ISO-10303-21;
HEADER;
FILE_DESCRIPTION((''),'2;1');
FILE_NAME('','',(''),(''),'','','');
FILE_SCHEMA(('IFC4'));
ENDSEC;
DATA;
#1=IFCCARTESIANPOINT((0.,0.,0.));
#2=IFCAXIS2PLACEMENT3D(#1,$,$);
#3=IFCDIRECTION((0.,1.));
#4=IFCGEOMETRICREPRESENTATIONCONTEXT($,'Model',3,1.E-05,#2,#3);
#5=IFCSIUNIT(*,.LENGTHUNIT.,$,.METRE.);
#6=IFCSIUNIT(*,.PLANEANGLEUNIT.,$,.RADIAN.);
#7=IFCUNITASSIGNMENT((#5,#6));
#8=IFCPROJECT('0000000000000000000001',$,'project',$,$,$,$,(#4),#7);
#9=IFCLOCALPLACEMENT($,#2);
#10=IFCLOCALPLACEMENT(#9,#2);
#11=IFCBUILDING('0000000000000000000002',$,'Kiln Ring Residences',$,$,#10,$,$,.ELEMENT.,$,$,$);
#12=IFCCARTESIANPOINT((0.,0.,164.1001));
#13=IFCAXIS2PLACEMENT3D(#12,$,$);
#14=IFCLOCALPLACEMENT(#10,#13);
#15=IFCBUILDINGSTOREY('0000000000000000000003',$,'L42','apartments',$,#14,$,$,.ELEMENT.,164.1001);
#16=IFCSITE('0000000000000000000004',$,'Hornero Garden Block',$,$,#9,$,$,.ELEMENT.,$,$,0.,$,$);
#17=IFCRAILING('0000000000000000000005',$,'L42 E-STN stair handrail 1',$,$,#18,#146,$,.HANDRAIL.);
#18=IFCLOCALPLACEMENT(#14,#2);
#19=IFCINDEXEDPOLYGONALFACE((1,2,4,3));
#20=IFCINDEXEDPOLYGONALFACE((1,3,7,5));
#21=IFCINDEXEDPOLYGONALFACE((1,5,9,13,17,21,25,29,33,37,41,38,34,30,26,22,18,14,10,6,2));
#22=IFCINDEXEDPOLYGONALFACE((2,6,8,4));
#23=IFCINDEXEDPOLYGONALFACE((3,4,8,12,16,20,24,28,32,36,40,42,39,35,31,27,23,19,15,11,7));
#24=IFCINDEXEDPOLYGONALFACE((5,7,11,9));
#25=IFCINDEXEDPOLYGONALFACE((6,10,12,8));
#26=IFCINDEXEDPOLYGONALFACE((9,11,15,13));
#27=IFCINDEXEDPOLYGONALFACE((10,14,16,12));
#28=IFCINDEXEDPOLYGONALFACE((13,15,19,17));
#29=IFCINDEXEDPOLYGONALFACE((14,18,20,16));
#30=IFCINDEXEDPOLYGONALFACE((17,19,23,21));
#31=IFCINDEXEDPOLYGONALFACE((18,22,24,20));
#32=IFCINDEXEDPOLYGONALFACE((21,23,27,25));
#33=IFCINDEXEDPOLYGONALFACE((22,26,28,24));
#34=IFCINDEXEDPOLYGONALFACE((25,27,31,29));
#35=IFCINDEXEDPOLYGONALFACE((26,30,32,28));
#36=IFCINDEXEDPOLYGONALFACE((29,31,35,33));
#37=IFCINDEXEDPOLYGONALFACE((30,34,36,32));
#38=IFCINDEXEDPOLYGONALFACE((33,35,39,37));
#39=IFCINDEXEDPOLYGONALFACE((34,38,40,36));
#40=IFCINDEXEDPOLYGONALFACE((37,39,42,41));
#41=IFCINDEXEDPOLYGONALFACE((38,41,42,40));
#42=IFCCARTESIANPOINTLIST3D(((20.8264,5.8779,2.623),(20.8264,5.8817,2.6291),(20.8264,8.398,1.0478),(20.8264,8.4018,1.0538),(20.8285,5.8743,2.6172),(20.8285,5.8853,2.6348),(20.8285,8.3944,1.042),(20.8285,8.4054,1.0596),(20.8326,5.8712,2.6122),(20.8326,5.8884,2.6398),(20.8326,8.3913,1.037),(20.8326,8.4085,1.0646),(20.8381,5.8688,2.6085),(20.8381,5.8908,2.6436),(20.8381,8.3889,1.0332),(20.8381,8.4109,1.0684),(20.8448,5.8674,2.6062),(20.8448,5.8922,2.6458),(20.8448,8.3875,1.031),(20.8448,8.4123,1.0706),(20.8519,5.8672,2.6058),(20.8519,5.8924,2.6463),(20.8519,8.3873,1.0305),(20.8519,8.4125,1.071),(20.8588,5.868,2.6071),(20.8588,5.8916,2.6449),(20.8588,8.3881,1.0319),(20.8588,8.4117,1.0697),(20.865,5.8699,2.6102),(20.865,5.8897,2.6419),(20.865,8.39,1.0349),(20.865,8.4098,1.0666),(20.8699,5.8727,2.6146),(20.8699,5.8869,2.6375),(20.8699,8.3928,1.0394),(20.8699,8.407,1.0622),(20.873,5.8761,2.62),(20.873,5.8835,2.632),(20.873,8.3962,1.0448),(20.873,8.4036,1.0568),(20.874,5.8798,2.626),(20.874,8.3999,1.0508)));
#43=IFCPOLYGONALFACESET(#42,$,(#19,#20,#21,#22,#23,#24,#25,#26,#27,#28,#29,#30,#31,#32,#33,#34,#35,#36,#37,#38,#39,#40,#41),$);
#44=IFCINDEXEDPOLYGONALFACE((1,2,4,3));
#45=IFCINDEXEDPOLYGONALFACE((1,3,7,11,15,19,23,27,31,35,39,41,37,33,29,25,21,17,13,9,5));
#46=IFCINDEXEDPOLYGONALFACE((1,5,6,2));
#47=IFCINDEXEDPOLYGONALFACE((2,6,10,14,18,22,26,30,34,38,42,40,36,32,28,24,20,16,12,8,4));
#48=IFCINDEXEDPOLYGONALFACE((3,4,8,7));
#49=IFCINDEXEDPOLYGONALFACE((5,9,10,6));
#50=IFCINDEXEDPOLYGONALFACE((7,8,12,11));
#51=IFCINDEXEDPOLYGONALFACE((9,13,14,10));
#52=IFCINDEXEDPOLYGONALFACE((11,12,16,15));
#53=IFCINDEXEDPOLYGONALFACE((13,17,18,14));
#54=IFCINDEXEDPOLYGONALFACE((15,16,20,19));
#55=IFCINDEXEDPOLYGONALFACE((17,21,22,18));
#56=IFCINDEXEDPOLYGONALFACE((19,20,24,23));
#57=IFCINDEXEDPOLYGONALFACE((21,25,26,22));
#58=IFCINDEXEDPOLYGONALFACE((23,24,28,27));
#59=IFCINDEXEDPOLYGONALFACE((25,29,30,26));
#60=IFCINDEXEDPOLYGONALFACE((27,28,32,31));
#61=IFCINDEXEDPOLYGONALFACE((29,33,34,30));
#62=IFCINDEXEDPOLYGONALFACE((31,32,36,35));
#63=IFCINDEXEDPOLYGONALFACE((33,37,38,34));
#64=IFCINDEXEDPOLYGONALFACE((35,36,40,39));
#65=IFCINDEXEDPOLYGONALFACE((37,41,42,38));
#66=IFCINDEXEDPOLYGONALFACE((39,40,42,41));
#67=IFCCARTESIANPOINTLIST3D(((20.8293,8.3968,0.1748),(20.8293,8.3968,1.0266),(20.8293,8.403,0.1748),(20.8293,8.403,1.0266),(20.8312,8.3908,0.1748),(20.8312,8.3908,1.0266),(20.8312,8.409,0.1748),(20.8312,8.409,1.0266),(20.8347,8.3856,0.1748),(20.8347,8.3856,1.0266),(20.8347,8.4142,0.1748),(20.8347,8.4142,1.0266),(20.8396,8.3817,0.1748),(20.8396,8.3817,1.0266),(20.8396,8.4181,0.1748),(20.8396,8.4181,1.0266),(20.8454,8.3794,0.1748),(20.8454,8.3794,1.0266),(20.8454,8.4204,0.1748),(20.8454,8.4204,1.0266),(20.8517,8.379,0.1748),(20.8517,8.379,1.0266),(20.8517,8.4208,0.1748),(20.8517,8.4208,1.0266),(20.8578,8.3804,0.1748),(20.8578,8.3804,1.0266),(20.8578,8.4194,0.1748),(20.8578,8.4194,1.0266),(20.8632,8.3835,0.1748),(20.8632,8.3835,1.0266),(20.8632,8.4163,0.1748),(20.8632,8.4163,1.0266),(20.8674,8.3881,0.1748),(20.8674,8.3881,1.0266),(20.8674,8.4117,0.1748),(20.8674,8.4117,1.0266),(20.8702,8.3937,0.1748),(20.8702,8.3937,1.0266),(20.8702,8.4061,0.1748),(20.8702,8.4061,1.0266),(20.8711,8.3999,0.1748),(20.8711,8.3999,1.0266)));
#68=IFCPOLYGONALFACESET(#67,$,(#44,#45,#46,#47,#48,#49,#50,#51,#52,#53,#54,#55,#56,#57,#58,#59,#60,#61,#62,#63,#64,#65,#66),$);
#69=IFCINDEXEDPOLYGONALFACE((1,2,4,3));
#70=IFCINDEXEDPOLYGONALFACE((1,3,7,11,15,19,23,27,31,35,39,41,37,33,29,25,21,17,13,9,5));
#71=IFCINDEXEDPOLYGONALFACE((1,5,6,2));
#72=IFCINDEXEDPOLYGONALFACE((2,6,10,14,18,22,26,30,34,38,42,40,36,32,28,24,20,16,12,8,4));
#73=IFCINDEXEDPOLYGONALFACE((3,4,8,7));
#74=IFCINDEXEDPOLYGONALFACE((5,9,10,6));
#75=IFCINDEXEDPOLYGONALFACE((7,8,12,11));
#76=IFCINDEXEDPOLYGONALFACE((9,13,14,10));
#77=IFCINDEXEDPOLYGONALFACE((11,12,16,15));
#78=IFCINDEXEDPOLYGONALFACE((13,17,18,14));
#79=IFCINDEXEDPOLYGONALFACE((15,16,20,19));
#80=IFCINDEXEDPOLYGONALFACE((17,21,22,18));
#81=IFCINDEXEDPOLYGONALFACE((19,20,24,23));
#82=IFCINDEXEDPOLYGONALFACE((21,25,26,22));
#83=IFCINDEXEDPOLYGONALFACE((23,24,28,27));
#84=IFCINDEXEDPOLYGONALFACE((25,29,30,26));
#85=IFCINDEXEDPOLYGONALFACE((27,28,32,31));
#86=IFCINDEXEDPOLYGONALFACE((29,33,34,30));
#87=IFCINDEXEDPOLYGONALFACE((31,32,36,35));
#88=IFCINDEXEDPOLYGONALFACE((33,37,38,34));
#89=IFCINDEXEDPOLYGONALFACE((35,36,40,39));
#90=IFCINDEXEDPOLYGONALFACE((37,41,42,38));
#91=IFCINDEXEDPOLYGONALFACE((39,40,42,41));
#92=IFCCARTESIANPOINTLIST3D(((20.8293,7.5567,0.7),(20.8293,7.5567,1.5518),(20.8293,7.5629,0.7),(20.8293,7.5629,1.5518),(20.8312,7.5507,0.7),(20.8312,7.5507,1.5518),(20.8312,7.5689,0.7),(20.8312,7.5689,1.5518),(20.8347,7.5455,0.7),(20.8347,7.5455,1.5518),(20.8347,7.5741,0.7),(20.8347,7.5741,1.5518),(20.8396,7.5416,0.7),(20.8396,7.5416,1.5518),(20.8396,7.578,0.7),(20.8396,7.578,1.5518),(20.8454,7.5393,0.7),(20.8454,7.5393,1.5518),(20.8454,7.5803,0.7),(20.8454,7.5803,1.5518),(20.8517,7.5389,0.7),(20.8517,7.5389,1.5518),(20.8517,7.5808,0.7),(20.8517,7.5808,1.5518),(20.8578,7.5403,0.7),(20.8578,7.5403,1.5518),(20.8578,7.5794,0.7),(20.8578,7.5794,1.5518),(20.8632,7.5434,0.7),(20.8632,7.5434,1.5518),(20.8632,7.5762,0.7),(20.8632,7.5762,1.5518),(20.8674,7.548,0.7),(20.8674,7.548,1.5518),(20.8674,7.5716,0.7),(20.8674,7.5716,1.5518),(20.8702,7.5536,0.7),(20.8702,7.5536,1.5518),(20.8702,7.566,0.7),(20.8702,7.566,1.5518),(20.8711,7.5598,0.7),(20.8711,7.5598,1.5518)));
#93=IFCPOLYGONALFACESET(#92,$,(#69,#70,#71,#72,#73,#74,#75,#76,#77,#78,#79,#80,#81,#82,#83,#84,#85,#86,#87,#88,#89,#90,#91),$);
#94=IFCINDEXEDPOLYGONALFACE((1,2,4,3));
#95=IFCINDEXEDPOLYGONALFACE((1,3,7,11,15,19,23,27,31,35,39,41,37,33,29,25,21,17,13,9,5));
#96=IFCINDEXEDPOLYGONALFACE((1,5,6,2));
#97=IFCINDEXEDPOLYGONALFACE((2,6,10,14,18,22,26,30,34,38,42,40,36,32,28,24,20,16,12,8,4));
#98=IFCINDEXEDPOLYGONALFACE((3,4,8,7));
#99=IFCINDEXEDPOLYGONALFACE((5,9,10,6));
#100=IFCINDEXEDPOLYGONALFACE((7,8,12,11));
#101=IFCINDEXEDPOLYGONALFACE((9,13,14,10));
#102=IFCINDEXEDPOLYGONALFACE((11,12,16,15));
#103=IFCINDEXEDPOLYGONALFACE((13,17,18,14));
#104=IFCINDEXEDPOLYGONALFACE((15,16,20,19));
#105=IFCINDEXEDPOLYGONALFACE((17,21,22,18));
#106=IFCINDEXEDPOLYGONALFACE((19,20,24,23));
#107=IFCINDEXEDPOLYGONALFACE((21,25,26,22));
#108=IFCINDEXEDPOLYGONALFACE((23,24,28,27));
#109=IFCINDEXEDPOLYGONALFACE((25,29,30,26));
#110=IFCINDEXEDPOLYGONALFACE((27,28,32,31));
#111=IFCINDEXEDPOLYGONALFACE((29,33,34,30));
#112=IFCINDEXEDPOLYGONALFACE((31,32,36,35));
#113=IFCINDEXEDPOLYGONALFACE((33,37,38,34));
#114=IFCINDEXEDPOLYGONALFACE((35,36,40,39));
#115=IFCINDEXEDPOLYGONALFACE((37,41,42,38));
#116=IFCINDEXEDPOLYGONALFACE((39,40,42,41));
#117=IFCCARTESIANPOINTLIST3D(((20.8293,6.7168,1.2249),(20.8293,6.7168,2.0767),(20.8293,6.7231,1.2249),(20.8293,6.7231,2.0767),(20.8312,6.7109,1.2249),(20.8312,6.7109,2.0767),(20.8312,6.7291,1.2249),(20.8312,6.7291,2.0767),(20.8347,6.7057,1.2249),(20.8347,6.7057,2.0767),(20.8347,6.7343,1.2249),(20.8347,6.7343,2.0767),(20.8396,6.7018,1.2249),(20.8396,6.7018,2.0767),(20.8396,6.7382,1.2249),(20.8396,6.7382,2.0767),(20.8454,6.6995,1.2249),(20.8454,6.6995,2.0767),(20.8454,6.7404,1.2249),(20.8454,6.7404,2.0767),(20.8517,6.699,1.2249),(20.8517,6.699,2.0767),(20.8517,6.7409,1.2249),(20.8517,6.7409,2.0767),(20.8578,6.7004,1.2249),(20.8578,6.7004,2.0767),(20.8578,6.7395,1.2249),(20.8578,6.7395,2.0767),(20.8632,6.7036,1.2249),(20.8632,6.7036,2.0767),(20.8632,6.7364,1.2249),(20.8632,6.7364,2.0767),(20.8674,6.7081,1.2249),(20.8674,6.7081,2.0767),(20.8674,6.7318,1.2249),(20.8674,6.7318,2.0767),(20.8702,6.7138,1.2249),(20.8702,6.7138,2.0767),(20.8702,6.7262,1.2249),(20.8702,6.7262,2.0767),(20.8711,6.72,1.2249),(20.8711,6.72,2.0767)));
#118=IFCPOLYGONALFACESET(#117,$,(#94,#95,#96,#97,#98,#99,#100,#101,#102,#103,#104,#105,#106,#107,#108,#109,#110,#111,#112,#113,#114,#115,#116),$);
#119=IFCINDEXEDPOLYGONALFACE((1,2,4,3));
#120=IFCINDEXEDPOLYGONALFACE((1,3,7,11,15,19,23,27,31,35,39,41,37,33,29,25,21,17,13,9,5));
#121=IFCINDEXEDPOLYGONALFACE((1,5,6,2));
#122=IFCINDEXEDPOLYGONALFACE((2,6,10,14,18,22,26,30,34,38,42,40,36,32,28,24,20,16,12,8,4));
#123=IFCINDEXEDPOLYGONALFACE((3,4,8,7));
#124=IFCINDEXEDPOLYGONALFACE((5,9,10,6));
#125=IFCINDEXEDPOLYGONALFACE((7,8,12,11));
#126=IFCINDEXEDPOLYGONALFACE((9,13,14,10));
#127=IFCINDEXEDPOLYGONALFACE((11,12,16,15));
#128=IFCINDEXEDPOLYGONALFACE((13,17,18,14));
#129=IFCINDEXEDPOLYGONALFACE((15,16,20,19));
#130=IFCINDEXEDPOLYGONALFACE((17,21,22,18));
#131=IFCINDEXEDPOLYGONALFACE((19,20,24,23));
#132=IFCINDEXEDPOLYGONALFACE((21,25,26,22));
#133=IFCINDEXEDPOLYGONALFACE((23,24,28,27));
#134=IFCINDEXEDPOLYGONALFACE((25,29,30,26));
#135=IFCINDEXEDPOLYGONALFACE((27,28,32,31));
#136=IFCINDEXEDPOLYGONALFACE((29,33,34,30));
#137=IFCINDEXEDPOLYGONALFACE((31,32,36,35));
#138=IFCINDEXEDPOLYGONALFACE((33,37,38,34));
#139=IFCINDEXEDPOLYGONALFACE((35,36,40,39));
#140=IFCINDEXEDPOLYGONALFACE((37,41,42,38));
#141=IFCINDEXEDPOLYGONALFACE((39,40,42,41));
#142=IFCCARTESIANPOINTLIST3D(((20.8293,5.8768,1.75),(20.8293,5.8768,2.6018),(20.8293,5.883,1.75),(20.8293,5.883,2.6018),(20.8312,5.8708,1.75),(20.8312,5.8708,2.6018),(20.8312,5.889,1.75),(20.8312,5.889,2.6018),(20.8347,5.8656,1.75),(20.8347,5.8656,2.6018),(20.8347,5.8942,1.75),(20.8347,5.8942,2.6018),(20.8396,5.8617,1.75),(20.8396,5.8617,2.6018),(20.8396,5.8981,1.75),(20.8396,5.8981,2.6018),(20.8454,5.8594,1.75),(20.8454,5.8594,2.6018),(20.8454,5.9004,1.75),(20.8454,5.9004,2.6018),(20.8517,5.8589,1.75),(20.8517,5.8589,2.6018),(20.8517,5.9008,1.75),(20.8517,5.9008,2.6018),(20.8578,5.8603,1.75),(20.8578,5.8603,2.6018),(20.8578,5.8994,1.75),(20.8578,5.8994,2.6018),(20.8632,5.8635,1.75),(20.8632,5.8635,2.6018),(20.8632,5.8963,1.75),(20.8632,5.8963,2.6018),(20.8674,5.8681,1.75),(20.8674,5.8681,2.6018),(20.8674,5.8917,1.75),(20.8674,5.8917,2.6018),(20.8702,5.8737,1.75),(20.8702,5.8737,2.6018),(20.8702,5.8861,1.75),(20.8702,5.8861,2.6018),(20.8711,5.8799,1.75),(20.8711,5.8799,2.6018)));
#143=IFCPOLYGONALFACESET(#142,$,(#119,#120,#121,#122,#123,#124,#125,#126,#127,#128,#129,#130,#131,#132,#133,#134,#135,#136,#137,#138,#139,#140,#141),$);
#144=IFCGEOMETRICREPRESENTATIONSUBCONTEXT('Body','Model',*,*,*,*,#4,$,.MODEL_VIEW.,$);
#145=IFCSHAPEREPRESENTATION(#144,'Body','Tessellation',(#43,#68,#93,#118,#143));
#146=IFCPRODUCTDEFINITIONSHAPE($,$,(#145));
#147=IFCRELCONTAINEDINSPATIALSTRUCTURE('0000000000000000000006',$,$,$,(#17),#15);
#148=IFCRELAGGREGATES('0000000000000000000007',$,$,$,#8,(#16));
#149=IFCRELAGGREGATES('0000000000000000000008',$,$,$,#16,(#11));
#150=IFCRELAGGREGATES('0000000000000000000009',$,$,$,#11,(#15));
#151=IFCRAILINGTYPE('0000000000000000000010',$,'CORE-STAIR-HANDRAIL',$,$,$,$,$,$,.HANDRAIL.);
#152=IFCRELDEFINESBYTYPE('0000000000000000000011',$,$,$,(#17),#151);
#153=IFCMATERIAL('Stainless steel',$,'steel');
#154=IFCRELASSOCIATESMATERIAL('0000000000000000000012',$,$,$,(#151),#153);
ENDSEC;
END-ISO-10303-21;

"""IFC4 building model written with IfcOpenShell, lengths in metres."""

from ifc_helpers import new_model, si_unit, direction, frame, origin, origin_2d, place, context, subcontext, project, spatial, circle, extrude, material, type_object, element, save


model = new_model("IFC4")

# Units and contexts
model_context = context("Model", 3, precision=1e-05, world=origin(), true_north=direction((0.0, 1.0)))
body_context = subcontext(model_context, "Body", "Model", "MODEL_VIEW")
ifc_project = project(units=[si_unit("LENGTHUNIT", "METRE"), si_unit("PLANEANGLEUNIT", "RADIAN")], contexts=[model_context])

# Site, building, storey
site_placement = place(None, origin())
site = spatial("IfcSite", under=ifc_project, at=site_placement, Name="Hornero Garden Block", CompositionType="ELEMENT", RefElevation=0.0)
building_placement = place(site_placement, origin())
building = spatial("IfcBuilding", under=site, at=building_placement, Name="Kiln Ring Residences", CompositionType="ELEMENT")
storey_placement = place(building_placement, frame((0.0, 0.0, 164.1001)))
storey = spatial("IfcBuildingStorey", under=building, at=storey_placement, Name="L42", Description="apartments", CompositionType="ELEMENT", Elevation=164.1001)

# Railing
ifc_material_1 = material(Name="Stainless steel", Category="steel")
railing_type_1 = type_object("IfcRailingType", Name="CORE-STAIR-HANDRAIL", PredefinedType="HANDRAIL", material=ifc_material_1)
railing_1_placement = place(storey_placement, frame((20.8501, 8.3999, 0.1748)))
element("IfcRailing", 1, at=railing_1_placement, inside=storey, type_object=railing_type_1, Name="L42 E-STN stair handrail 1", PredefinedType="HANDRAIL", context=body_context, shape_type="SweptSolid", body=[
    extrude(circle(Radius=0.0239, at=origin_2d()), frame((0.0, 0.0, 0.876), z_axis=(0.0, -0.847971, 0.530043), x_axis=(1.0, 0.0, 0.0)), (0.0, 0.0, 1.0), 2.9719),
    extrude(circle(Radius=0.021, at=origin_2d()), origin(), (0.0, 0.0, 1.0), 0.8518),
    extrude(circle(Radius=0.021, at=origin_2d()), frame((0.0, -0.8401, 0.5251)), (0.0, 0.0, 1.0), 0.8518),
    extrude(circle(Radius=0.021, at=origin_2d()), frame((0.0, -1.6799, 1.05)), (0.0, 0.0, 1.0), 0.8518),
    extrude(circle(Radius=0.021, at=origin_2d()), frame((0.0, -2.52, 1.5752)), (0.0, 0.0, 1.0), 0.8518),
])

save(model, "model.ifc")
